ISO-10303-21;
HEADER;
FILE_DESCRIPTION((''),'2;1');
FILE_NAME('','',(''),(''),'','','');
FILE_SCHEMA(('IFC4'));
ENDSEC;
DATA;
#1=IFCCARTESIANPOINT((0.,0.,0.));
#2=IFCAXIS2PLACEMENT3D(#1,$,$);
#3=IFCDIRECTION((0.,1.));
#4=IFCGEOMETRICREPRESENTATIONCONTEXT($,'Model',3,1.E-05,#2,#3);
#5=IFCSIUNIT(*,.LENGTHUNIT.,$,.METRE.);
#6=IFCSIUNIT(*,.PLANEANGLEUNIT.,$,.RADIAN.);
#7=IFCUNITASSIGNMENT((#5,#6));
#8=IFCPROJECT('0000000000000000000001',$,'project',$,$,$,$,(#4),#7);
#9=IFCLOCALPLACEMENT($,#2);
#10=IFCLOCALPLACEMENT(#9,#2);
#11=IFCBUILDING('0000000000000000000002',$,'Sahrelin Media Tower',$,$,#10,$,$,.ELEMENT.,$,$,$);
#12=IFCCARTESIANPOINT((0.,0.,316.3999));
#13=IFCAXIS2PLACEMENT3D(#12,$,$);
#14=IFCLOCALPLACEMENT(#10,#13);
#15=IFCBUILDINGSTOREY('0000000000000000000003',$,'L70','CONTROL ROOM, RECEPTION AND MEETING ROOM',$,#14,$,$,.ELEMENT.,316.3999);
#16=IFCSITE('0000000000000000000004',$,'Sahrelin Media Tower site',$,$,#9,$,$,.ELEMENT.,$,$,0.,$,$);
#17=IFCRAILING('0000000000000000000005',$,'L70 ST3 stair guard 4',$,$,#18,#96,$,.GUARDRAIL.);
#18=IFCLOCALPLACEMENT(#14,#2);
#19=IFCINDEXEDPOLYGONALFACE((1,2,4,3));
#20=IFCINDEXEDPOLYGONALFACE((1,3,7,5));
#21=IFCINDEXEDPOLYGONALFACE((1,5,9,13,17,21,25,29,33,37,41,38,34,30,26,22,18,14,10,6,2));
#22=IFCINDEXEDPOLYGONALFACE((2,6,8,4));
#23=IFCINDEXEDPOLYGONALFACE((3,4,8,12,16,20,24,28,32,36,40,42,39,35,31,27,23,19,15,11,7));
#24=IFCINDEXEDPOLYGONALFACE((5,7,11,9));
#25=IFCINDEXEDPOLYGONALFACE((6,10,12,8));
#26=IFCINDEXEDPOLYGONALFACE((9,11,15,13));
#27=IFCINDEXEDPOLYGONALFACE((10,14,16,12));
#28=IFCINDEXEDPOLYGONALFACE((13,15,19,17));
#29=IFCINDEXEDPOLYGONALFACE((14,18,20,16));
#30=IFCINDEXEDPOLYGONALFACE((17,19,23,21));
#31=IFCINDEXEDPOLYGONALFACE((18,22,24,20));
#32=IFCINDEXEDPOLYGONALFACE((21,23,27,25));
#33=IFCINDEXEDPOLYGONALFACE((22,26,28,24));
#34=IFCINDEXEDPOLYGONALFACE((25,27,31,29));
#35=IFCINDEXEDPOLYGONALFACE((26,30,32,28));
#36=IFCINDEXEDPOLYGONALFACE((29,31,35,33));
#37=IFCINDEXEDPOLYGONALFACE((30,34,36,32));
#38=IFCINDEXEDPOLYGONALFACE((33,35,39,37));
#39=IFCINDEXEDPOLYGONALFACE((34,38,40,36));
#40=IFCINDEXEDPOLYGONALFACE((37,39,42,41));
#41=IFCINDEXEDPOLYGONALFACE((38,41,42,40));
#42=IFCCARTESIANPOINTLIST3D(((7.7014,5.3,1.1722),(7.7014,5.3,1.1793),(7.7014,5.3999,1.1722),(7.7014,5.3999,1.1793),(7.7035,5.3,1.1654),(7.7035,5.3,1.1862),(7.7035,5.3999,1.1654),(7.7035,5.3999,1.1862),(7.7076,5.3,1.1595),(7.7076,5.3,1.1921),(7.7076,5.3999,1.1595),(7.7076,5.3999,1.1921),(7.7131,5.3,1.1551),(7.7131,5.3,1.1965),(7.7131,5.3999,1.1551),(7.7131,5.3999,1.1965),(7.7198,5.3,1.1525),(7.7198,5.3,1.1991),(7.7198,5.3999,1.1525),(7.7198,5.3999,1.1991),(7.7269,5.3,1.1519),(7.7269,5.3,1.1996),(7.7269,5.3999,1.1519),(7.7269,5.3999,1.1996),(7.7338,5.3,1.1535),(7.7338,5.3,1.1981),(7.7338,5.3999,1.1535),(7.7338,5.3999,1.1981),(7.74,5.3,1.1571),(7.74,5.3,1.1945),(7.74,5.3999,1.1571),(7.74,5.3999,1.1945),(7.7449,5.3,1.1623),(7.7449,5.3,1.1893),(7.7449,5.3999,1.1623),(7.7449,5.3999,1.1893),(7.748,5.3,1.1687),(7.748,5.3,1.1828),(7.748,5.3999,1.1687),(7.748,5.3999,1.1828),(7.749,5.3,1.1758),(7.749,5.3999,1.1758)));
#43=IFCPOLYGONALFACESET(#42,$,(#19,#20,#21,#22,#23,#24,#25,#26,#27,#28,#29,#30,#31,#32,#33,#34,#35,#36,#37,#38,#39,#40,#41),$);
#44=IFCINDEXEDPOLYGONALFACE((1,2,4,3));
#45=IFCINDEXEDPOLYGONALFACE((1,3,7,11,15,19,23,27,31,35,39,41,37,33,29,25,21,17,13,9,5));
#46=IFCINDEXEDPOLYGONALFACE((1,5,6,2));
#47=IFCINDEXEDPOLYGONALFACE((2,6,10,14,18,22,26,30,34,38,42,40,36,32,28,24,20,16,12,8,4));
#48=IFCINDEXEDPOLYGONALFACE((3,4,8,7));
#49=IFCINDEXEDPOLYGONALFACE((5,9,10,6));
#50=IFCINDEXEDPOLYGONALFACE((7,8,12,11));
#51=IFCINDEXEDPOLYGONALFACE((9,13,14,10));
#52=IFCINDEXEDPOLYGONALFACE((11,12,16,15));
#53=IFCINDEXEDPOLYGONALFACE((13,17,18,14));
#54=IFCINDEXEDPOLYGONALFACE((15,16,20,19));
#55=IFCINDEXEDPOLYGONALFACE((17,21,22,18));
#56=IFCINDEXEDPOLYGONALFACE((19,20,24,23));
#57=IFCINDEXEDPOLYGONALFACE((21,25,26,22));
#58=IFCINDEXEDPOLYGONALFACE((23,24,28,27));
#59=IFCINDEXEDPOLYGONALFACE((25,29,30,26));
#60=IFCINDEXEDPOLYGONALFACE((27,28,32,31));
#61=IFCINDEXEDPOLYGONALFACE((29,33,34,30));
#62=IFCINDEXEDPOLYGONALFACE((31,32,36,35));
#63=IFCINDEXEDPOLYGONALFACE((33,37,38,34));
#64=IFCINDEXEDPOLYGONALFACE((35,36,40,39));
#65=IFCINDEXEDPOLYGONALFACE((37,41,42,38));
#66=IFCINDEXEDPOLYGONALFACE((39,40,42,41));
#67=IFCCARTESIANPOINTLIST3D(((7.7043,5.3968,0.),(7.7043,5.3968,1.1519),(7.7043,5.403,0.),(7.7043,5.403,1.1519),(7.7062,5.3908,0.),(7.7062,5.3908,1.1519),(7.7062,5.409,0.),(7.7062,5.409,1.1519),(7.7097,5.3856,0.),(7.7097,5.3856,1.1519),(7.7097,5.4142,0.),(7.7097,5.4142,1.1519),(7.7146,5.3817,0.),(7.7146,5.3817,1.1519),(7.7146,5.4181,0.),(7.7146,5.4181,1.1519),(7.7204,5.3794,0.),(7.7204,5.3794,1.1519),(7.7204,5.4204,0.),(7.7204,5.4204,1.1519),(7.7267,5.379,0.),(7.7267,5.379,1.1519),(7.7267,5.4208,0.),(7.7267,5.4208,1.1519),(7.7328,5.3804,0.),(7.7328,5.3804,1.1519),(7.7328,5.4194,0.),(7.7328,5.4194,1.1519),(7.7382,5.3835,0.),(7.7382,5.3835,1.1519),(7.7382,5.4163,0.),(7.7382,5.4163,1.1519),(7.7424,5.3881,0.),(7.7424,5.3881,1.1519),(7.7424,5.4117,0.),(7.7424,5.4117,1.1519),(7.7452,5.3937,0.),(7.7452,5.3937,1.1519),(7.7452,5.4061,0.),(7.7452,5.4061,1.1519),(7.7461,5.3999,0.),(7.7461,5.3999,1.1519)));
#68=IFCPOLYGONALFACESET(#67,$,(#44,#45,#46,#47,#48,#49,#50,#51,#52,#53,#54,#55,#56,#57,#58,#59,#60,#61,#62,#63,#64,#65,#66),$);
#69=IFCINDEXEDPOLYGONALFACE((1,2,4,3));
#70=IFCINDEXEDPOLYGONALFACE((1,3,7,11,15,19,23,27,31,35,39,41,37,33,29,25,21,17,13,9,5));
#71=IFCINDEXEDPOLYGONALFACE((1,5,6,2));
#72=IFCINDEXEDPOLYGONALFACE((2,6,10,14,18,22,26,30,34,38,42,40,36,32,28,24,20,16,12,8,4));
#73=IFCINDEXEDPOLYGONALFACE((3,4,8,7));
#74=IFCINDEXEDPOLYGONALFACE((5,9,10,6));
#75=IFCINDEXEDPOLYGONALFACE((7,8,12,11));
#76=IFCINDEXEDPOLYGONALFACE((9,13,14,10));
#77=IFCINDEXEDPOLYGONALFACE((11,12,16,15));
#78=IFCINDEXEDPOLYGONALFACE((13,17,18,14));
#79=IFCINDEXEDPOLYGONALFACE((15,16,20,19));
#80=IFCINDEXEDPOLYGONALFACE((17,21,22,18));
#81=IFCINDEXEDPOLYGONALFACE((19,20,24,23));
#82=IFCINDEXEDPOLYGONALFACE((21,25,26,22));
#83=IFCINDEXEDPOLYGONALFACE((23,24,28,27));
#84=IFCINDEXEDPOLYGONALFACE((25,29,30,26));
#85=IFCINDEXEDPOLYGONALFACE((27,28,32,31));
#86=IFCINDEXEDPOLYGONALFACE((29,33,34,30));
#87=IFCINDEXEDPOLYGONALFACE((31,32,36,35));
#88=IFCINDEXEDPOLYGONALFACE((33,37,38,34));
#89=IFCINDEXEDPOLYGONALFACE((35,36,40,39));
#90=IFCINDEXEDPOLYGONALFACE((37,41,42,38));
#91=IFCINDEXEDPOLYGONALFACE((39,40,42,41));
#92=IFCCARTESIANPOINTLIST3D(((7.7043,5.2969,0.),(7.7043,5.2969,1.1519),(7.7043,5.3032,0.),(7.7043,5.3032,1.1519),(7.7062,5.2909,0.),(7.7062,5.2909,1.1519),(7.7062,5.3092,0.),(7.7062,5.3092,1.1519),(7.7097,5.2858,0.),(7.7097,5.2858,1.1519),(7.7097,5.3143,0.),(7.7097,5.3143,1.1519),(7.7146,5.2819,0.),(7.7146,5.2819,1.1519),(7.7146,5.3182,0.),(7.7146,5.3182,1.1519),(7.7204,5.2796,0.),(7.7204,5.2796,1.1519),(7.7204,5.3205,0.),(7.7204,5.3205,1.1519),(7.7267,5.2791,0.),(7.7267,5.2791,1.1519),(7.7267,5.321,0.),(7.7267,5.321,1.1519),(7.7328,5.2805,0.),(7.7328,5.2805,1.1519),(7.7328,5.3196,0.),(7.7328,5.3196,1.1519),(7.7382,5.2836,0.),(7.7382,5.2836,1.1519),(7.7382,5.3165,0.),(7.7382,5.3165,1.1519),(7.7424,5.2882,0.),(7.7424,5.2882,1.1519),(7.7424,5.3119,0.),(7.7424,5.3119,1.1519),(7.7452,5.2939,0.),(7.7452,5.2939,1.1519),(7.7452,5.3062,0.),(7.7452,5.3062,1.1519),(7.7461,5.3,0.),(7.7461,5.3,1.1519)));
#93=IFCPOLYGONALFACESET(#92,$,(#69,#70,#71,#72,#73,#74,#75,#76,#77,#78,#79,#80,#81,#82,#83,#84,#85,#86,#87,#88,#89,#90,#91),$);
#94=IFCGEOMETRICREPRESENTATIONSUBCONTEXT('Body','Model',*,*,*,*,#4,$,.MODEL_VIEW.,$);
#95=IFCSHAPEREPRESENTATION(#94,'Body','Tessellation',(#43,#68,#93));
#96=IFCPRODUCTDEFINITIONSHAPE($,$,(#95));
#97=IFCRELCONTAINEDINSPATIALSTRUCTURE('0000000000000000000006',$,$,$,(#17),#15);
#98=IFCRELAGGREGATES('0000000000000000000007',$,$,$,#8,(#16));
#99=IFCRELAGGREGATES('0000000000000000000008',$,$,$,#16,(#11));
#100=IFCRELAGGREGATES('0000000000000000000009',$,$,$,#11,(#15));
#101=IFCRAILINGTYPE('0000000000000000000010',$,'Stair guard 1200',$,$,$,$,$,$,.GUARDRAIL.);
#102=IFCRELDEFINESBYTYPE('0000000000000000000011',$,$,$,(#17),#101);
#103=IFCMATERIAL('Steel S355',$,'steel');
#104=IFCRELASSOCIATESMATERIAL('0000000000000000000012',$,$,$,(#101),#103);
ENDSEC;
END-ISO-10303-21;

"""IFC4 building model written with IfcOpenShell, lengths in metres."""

from ifc_helpers import new_model, si_unit, direction, frame, origin, origin_2d, place, context, subcontext, project, spatial, circle, extrude, material, type_object, element, save


model = new_model("IFC4")

# Units and contexts
model_context = context("Model", 3, precision=1e-05, world=origin(), true_north=direction((0.0, 1.0)))
body_context = subcontext(model_context, "Body", "Model", "MODEL_VIEW")
ifc_project = project(units=[si_unit("LENGTHUNIT", "METRE"), si_unit("PLANEANGLEUNIT", "RADIAN")], contexts=[model_context])

# Site, building, storey
site_placement = place(None, origin())
site = spatial("IfcSite", under=ifc_project, at=site_placement, Name="Sahrelin Media Tower site", CompositionType="ELEMENT", RefElevation=0.0)
building_placement = place(site_placement, origin())
building = spatial("IfcBuilding", under=site, at=building_placement, Name="Sahrelin Media Tower", CompositionType="ELEMENT")
storey_placement = place(building_placement, frame((0.0, 0.0, 316.3999)))
storey = spatial("IfcBuildingStorey", under=building, at=storey_placement, Name="L70", Description="CONTROL ROOM, RECEPTION AND MEETING ROOM", CompositionType="ELEMENT", Elevation=316.3999)

# Shared definitions
ifc_material_1 = material(Name="Steel S355", Category="steel")

# Railing
railing_type_1 = type_object("IfcRailingType", Name="Stair guard 1200", PredefinedType="GUARDRAIL", material=ifc_material_1)
railing_1_placement = place(storey_placement, frame((7.7251, 5.3999, 0.0)))
element("IfcRailing", 1, at=railing_1_placement, inside=storey, type_object=railing_type_1, Name="L70 ST3 stair guard 4", PredefinedType="GUARDRAIL", context=body_context, shape_type="SweptSolid", body=[
    extrude(circle(Radius=0.0239, at=origin_2d()), frame((0.0, 0.0, 1.1758), z_axis=(0.0, -1.0, 0.0), x_axis=(1.0, 0.0, 0.0)), (0.0, 0.0, 1.0), 0.0999),
    extrude(circle(Radius=0.021, at=origin_2d()), origin(), (0.0, 0.0, 1.0), 1.1519),
    extrude(circle(Radius=0.021, at=origin_2d()), frame((0.0, -0.0999, 0.0)), (0.0, 0.0, 1.0), 1.1519),
])

save(model, "model.ifc")
